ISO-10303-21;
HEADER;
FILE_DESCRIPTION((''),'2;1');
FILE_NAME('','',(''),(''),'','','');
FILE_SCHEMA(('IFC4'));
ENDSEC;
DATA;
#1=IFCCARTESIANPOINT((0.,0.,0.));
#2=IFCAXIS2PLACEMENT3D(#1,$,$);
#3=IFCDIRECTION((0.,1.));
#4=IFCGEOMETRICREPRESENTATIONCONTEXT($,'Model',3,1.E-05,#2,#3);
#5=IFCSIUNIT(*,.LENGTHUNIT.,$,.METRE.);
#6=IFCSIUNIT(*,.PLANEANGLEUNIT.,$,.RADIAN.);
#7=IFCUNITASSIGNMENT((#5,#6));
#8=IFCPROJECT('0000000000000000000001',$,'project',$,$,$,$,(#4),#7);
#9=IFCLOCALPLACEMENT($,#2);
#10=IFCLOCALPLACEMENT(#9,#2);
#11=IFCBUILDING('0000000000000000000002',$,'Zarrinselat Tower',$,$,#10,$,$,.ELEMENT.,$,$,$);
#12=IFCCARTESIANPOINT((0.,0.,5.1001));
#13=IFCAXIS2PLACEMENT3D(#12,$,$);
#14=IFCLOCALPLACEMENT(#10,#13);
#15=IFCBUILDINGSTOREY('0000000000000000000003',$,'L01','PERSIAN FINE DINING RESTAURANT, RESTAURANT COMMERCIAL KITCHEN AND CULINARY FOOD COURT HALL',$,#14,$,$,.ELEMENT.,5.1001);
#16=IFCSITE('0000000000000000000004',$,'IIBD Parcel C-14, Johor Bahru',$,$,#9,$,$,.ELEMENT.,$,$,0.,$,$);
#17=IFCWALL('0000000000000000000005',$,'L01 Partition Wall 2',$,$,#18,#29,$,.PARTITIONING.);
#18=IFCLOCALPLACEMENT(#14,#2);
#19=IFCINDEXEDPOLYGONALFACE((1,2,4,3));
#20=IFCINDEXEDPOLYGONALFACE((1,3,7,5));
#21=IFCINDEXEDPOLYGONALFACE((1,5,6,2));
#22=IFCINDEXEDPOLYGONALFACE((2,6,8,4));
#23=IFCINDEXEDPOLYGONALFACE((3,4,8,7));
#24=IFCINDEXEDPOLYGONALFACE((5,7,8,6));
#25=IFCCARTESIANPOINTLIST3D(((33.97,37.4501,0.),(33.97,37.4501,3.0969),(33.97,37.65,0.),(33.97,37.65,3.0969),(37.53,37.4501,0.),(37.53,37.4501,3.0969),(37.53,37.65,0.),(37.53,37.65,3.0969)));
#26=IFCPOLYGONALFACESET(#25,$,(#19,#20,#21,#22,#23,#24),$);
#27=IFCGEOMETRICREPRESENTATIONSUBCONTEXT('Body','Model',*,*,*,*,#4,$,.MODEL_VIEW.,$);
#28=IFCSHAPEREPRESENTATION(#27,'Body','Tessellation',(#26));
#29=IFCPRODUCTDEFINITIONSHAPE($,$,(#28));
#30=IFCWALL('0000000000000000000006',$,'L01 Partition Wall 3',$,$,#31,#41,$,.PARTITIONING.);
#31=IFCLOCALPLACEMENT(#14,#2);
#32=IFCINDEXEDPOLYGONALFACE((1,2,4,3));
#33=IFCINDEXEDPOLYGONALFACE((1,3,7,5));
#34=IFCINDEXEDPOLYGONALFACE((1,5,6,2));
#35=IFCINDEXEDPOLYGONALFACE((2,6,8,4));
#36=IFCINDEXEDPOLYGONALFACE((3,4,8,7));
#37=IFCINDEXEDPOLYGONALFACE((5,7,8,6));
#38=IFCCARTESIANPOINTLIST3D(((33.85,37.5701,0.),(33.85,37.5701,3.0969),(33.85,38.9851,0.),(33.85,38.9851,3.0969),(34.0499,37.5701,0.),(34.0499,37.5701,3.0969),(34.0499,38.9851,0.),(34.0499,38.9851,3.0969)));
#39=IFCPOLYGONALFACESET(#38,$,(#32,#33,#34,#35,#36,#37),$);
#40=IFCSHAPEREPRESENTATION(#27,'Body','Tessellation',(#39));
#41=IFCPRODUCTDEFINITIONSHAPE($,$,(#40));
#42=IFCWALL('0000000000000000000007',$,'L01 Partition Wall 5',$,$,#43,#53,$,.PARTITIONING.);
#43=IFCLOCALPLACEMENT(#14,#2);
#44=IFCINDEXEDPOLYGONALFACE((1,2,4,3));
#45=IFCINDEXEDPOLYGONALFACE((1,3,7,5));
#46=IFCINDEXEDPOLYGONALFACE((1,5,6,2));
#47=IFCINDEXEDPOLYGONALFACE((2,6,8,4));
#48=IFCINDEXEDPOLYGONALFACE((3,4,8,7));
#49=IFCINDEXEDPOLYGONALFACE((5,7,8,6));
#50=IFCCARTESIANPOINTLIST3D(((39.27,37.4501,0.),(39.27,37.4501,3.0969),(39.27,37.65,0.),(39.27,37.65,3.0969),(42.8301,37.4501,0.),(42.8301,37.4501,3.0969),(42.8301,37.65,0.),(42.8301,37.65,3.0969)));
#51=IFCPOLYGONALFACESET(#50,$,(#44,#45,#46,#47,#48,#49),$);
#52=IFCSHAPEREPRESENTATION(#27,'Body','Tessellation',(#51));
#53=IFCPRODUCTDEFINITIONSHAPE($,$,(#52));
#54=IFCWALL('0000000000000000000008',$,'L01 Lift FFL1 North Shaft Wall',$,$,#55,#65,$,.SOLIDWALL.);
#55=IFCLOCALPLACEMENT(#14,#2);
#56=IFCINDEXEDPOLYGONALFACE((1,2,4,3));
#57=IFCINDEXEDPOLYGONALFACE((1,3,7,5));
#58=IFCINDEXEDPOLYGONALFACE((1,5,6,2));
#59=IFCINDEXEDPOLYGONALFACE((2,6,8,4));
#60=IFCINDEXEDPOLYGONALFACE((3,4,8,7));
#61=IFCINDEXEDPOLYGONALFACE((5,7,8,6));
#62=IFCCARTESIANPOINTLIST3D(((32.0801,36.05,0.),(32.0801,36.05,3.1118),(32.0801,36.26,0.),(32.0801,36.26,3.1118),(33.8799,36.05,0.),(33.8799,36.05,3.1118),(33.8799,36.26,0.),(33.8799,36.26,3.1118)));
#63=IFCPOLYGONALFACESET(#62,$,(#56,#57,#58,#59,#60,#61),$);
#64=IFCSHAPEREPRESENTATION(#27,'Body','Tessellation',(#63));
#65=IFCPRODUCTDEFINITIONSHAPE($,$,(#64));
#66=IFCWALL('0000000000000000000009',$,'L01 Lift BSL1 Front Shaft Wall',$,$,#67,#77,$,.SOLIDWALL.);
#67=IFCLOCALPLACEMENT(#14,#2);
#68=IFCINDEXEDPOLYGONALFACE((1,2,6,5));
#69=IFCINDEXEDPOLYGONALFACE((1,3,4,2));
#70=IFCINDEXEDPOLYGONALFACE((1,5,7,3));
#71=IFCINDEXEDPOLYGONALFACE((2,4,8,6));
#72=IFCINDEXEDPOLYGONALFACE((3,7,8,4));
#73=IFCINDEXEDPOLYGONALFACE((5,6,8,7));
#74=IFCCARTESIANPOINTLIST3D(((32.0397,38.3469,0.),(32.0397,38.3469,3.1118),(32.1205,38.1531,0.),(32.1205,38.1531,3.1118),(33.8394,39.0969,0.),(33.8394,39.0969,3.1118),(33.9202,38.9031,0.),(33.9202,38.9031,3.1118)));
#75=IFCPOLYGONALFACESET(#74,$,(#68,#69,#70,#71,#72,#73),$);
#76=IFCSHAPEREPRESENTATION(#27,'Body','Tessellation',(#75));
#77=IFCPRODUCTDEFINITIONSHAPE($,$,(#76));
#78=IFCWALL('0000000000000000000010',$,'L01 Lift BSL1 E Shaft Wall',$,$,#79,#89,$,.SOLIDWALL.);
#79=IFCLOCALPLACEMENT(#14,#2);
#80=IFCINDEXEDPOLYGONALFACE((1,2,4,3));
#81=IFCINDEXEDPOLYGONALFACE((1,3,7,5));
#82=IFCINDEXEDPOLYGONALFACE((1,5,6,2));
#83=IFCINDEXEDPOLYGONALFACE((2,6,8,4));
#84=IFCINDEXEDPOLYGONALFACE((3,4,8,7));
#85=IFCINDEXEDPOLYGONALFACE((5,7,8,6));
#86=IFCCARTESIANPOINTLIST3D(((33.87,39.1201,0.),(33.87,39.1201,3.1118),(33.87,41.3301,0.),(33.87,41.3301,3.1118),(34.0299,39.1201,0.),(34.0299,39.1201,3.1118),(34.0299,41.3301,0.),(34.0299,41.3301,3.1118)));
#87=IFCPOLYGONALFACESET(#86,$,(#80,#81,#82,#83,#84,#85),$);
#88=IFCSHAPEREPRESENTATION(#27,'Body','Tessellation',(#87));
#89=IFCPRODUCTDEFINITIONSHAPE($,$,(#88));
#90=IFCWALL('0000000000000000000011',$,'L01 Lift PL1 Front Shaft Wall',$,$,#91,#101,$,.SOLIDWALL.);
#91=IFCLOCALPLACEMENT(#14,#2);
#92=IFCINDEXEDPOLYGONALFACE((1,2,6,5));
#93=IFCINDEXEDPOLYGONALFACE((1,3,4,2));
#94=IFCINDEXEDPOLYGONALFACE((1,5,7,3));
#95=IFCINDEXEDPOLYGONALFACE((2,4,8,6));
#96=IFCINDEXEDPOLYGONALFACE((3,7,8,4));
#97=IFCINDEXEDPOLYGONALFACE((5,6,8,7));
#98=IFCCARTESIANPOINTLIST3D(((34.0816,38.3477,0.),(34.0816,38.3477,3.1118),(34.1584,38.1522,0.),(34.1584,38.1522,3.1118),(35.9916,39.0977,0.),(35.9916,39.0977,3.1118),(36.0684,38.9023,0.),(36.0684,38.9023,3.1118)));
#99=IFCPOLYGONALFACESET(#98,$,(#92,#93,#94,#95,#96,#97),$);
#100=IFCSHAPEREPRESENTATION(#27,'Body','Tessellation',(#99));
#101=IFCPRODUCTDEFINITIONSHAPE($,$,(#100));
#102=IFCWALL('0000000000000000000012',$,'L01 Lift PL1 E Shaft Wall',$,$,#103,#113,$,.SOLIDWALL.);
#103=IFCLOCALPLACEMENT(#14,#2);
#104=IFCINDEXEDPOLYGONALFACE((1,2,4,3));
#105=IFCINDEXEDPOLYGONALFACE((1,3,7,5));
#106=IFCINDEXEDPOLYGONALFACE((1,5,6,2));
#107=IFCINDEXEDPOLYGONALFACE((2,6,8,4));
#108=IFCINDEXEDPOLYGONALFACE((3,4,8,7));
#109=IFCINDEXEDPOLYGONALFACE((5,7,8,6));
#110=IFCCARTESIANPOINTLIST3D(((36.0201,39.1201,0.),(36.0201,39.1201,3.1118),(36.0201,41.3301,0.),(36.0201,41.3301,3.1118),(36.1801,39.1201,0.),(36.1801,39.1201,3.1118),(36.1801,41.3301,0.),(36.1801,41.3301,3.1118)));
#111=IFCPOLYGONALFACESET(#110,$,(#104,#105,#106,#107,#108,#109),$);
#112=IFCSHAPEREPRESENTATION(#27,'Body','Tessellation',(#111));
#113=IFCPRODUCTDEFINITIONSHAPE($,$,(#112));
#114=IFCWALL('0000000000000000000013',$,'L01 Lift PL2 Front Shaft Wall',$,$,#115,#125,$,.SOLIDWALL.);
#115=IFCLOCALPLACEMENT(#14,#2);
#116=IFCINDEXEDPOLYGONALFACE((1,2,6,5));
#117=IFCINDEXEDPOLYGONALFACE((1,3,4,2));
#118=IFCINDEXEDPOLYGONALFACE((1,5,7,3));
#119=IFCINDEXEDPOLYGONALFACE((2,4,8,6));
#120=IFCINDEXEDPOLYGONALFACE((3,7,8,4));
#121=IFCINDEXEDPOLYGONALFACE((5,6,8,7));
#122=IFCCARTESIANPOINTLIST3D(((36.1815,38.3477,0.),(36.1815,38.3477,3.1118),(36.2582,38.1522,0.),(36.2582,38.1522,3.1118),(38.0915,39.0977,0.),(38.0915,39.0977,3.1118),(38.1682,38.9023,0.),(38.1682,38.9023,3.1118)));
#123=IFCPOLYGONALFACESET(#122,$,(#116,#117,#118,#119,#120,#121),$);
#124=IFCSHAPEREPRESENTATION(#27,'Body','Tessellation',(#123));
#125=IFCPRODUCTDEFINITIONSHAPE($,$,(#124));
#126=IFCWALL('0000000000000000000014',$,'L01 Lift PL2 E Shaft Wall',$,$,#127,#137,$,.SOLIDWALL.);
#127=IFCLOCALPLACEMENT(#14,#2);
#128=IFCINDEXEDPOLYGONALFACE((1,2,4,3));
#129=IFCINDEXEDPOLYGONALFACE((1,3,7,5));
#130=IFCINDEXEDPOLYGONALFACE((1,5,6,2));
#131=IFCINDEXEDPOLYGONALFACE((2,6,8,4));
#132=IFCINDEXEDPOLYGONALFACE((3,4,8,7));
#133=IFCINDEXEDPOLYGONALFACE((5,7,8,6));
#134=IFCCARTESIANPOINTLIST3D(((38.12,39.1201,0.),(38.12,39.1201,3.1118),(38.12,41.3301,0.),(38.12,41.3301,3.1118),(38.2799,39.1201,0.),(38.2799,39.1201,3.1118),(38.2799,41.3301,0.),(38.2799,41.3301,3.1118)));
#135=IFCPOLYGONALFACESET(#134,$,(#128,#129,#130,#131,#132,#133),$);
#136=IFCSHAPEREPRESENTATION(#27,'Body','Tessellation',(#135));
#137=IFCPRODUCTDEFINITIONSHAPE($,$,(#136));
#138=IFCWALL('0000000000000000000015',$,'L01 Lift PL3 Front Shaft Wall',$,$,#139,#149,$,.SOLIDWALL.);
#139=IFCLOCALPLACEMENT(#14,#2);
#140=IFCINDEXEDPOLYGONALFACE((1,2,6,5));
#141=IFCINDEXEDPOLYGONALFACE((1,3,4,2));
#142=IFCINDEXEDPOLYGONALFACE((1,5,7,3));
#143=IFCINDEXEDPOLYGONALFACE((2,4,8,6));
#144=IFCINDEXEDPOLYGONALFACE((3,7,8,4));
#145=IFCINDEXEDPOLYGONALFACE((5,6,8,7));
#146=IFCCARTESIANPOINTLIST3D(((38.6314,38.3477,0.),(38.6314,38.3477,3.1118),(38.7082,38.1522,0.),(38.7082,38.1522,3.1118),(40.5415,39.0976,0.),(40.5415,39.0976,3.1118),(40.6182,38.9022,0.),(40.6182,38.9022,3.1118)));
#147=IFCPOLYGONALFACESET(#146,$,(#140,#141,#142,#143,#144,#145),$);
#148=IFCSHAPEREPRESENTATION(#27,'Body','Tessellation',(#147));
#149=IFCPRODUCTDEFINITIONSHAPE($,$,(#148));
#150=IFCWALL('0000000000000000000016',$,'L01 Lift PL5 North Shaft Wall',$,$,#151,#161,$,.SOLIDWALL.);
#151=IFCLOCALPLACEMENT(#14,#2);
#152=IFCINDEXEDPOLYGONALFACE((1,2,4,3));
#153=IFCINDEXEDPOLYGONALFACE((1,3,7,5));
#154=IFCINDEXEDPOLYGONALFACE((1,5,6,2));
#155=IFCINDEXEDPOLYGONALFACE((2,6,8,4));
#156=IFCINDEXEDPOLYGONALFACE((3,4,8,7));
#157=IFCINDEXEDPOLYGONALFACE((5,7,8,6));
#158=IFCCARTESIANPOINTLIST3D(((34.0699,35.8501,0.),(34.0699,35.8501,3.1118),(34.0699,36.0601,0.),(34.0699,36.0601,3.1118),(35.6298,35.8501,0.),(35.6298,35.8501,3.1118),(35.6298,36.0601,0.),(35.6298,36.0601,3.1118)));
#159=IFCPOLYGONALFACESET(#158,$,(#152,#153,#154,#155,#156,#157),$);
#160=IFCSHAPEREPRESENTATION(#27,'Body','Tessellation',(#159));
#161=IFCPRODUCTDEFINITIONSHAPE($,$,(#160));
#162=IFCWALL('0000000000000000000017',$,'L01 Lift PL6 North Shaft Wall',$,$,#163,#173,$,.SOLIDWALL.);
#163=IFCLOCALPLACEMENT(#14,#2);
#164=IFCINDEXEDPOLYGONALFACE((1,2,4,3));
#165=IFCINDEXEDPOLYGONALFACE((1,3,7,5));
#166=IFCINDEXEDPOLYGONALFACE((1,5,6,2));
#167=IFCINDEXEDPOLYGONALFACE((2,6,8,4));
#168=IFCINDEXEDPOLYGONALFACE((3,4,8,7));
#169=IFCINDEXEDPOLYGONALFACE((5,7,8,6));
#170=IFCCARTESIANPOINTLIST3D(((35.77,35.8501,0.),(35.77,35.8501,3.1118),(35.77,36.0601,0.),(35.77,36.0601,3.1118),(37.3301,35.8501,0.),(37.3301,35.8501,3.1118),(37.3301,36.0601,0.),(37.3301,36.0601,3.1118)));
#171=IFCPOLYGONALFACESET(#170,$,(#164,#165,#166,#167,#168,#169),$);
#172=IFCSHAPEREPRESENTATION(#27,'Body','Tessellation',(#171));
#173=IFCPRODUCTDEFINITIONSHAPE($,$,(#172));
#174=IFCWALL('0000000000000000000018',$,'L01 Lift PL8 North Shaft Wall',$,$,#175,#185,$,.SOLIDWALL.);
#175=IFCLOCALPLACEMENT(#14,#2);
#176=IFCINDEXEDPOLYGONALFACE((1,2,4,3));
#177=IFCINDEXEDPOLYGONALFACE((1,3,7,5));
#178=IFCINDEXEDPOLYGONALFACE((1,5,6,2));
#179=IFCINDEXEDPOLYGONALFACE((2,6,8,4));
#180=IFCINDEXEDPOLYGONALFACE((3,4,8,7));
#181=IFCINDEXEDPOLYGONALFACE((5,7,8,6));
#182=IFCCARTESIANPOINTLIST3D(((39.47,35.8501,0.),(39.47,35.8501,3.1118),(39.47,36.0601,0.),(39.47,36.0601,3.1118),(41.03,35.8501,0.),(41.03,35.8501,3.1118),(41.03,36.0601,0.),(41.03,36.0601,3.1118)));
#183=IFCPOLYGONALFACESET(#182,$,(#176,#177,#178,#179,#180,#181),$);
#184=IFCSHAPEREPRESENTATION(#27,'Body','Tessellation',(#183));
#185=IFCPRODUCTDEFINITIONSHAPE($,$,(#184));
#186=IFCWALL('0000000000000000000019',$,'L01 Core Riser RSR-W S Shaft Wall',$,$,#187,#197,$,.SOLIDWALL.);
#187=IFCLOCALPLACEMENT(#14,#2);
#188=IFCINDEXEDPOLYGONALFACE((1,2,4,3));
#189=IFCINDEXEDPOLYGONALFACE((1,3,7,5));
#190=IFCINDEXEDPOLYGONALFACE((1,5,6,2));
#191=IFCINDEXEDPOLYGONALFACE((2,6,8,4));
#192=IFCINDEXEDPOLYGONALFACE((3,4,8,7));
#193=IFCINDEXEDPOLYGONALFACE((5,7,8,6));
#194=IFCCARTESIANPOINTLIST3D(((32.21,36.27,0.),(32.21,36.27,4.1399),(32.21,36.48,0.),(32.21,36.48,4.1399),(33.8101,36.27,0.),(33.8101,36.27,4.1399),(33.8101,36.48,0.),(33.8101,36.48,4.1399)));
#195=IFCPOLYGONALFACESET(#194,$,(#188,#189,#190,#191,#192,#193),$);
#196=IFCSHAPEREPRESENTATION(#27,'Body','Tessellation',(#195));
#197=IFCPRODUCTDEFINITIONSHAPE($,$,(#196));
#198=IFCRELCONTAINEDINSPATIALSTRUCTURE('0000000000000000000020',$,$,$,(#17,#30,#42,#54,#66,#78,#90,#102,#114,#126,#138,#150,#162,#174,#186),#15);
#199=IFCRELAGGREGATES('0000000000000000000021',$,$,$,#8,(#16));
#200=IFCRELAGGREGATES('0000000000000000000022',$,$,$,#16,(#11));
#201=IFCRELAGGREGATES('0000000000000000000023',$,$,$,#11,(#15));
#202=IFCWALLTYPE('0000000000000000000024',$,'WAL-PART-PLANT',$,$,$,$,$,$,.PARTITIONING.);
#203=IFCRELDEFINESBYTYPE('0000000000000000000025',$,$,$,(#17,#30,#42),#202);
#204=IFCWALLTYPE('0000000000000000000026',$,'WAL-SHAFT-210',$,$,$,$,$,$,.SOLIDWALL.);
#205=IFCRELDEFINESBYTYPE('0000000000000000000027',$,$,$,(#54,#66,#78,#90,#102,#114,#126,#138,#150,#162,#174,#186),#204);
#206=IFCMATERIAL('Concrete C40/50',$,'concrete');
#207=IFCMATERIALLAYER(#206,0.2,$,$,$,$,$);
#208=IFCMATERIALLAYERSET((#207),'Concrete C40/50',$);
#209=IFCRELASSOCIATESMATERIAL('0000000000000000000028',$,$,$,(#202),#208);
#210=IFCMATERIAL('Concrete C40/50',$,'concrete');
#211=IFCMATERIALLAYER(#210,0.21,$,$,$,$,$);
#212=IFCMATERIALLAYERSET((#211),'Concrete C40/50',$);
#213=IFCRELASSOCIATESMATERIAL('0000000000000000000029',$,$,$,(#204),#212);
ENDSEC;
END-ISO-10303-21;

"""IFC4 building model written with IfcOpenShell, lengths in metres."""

from ifc_helpers import new_model, si_unit, direction, frame, frame_2d, origin, place, context, subcontext, project, spatial, rectangle, extrude, material, layer, layer_set, type_object, element, save


model = new_model("IFC4")

# Units and contexts
model_context = context("Model", 3, precision=1e-05, world=origin(), true_north=direction((0.0, 1.0)))
body_context = subcontext(model_context, "Body", "Model", "MODEL_VIEW")
ifc_project = project(units=[si_unit("LENGTHUNIT", "METRE"), si_unit("PLANEANGLEUNIT", "RADIAN")], contexts=[model_context])

# Site, building, storey
site_placement = place(None, origin())
site = spatial("IfcSite", under=ifc_project, at=site_placement, Name="IIBD Parcel C-14, Johor Bahru", CompositionType="ELEMENT", RefElevation=0.0)
building_placement = place(site_placement, origin())
building = spatial("IfcBuilding", under=site, at=building_placement, Name="Zarrinselat Tower", CompositionType="ELEMENT")
storey_placement = place(building_placement, frame((0.0, 0.0, 5.1001)))
storey = spatial("IfcBuildingStorey", under=building, at=storey_placement, Name="L01", Description="PERSIAN FINE DINING RESTAURANT, RESTAURANT COMMERCIAL KITCHEN AND CULINARY FOOD COURT HALL", CompositionType="ELEMENT", Elevation=5.1001)

# Walls
ifc_material_1 = material(Name="Concrete C40/50", Category="concrete")
ifc_layer_1 = layer(ifc_material_1, 0.2)
ifc_layer_set_1 = layer_set([ifc_layer_1], Name="Concrete C40/50")
wall_type_1 = type_object("IfcWallType", Name="WAL-PART-PLANT", PredefinedType="PARTITIONING", material=ifc_layer_set_1)
wall_1_placement = place(storey_placement, frame((33.97, 37.55, 0.0), z_axis=(0.0, 0.0, 1.0), x_axis=(1.0, 0.0, 0.0)))
element("IfcWall", 1, at=wall_1_placement, inside=storey, type_object=wall_type_1, Name="L01 Partition Wall 2", PredefinedType="PARTITIONING", context=body_context, shape_type="SweptSolid", body=[
    extrude(rectangle(XDim=3.5601, YDim=0.2, at=frame_2d((1.78, 0.0))), origin(), (0.0, 0.0, 1.0), 3.0969),
])
wall_2_placement = place(storey_placement, frame((33.95, 37.5701, 0.0), z_axis=(0.0, 0.0, 1.0), x_axis=(0.0, 1.0, 0.0)))
element("IfcWall", 2, at=wall_2_placement, inside=storey, type_object=wall_type_1, Name="L01 Partition Wall 3", PredefinedType="PARTITIONING", context=body_context, shape_type="SweptSolid", body=[
    extrude(rectangle(XDim=1.415, YDim=0.2, at=frame_2d((0.7075, 0.0))), origin(), (0.0, 0.0, 1.0), 3.0969),
])
wall_3_placement = place(storey_placement, frame((39.27, 37.55, 0.0), z_axis=(0.0, 0.0, 1.0), x_axis=(1.0, 0.0, 0.0)))
element("IfcWall", 3, at=wall_3_placement, inside=storey, type_object=wall_type_1, Name="L01 Partition Wall 5", PredefinedType="PARTITIONING", context=body_context, shape_type="SweptSolid", body=[
    extrude(rectangle(XDim=3.5601, YDim=0.2, at=frame_2d((1.78, 0.0))), origin(), (0.0, 0.0, 1.0), 3.0969),
])
ifc_material_2 = material(Name="Concrete C40/50", Category="concrete")
ifc_layer_2 = layer(ifc_material_2, 0.21)
ifc_layer_set_2 = layer_set([ifc_layer_2], Name="Concrete C40/50")
wall_type_2 = type_object("IfcWallType", Name="WAL-SHAFT-210", PredefinedType="SOLIDWALL", material=ifc_layer_set_2)
wall_4_placement = place(storey_placement, frame((32.0801, 36.155, 0.0), z_axis=(0.0, 0.0, 1.0), x_axis=(1.0, 0.0, 0.0)))
element("IfcWall", 4, at=wall_4_placement, inside=storey, type_object=wall_type_2, Name="L01 Lift FFL1 North Shaft Wall", PredefinedType="SOLIDWALL", context=body_context, shape_type="SweptSolid", body=[
    extrude(rectangle(XDim=1.7998, YDim=0.21, at=frame_2d((0.8999, 0.0))), origin(), (0.0, 0.0, 1.0), 3.1118),
])
wall_5_placement = place(storey_placement, frame((32.0801, 38.25, 0.0), z_axis=(0.0, 0.0, 1.0), x_axis=(0.923062, 0.384651, 0.0)))
element("IfcWall", 5, at=wall_5_placement, inside=storey, type_object=wall_type_2, Name="L01 Lift BSL1 Front Shaft Wall", PredefinedType="SOLIDWALL", context=body_context, shape_type="SweptSolid", body=[
    extrude(rectangle(XDim=1.9497, YDim=0.21, at=frame_2d((0.9749, 0.0))), origin(), (0.0, 0.0, 1.0), 3.1118),
])
wall_6_placement = place(storey_placement, frame((33.95, 39.1201, 0.0), z_axis=(0.0, 0.0, 1.0), x_axis=(0.0, 1.0, 0.0)))
element("IfcWall", 6, at=wall_6_placement, inside=storey, type_object=wall_type_2, Name="L01 Lift BSL1 E Shaft Wall", PredefinedType="SOLIDWALL", context=body_context, shape_type="SweptSolid", body=[
    extrude(rectangle(XDim=2.21, YDim=0.1599, at=frame_2d((1.105, 0.0))), origin(), (0.0, 0.0, 1.0), 3.1118),
])
wall_7_placement = place(storey_placement, frame((34.1201, 38.25, 0.0), z_axis=(0.0, 0.0, 1.0), x_axis=(0.930805, 0.365516, 0.0)))
element("IfcWall", 7, at=wall_7_placement, inside=storey, type_object=wall_type_2, Name="L01 Lift PL1 Front Shaft Wall", PredefinedType="SOLIDWALL", context=body_context, shape_type="SweptSolid", body=[
    extrude(rectangle(XDim=2.052, YDim=0.21, at=frame_2d((1.0259, 0.0))), origin(), (0.0, 0.0, 1.0), 3.1118),
])
wall_8_placement = place(storey_placement, frame((36.1001, 39.1201, 0.0), z_axis=(0.0, 0.0, 1.0), x_axis=(0.0, 1.0, 0.0)))
element("IfcWall", 8, at=wall_8_placement, inside=storey, type_object=wall_type_2, Name="L01 Lift PL1 E Shaft Wall", PredefinedType="SOLIDWALL", context=body_context, shape_type="SweptSolid", body=[
    extrude(rectangle(XDim=2.21, YDim=0.1599, at=frame_2d((1.105, 0.0))), origin(), (0.0, 0.0, 1.0), 3.1118),
])
wall_9_placement = place(storey_placement, frame((36.22, 38.25, 0.0), z_axis=(0.0, 0.0, 1.0), x_axis=(0.930805, 0.365516, 0.0)))
element("IfcWall", 9, at=wall_9_placement, inside=storey, type_object=wall_type_2, Name="L01 Lift PL2 Front Shaft Wall", PredefinedType="SOLIDWALL", context=body_context, shape_type="SweptSolid", body=[
    extrude(rectangle(XDim=2.052, YDim=0.21, at=frame_2d((1.0259, 0.0))), origin(), (0.0, 0.0, 1.0), 3.1118),
])
wall_10_placement = place(storey_placement, frame((38.2, 39.1201, 0.0), z_axis=(0.0, 0.0, 1.0), x_axis=(0.0, 1.0, 0.0)))
element("IfcWall", 10, at=wall_10_placement, inside=storey, type_object=wall_type_2, Name="L01 Lift PL2 E Shaft Wall", PredefinedType="SOLIDWALL", context=body_context, shape_type="SweptSolid", body=[
    extrude(rectangle(XDim=2.21, YDim=0.1599, at=frame_2d((1.105, 0.0))), origin(), (0.0, 0.0, 1.0), 3.1118),
])
wall_11_placement = place(storey_placement, frame((38.6699, 38.25, 0.0), z_axis=(0.0, 0.0, 1.0), x_axis=(0.930821, 0.365476, 0.0)))
element("IfcWall", 11, at=wall_11_placement, inside=storey, type_object=wall_type_2, Name="L01 Lift PL3 Front Shaft Wall", PredefinedType="SOLIDWALL", context=body_context, shape_type="SweptSolid", body=[
    extrude(rectangle(XDim=2.052, YDim=0.21, at=frame_2d((1.0259, 0.0))), origin(), (0.0, 0.0, 1.0), 3.1118),
])
wall_12_placement = place(storey_placement, frame((34.0701, 35.9551, 0.0), z_axis=(0.0, 0.0, 1.0), x_axis=(1.0, 0.0, 0.0)))
element("IfcWall", 12, at=wall_12_placement, inside=storey, type_object=wall_type_2, Name="L01 Lift PL5 North Shaft Wall", PredefinedType="SOLIDWALL", context=body_context, shape_type="SweptSolid", body=[
    extrude(rectangle(XDim=1.5598, YDim=0.21, at=frame_2d((0.7798, 0.0))), origin(), (0.0, 0.0, 1.0), 3.1118),
])
for number, where, z_axis, x_axis, name in (
    (13, (35.77, 35.9551, 0.0), (0.0, 0.0, 1.0), (1.0, 0.0, 0.0), "L01 Lift PL6 North Shaft Wall"),
    (14, (39.47, 35.9551, 0.0), (0.0, 0.0, 1.0), (1.0, 0.0, 0.0), "L01 Lift PL8 North Shaft Wall"),
):
    element("IfcWall", number, at=place(storey_placement, frame(where, z_axis=z_axis, x_axis=x_axis)), inside=storey, type_object=wall_type_2, Name=name, PredefinedType="SOLIDWALL", context=body_context, shape_type="SweptSolid", body=[
        extrude(rectangle(XDim=1.5601, YDim=0.21, at=frame_2d((0.78, 0.0))), origin(), (0.0, 0.0, 1.0), 3.1118),
    ])
for number, where, z_axis, x_axis, name in (
    (15, (32.21, 36.375, 0.0), (0.0, 0.0, 1.0), (1.0, 0.0, 0.0), "L01 Core Riser RSR-W S Shaft Wall"),
):
    element("IfcWall", number, at=place(storey_placement, frame(where, z_axis=z_axis, x_axis=x_axis)), inside=storey, type_object=wall_type_2, Name=name, PredefinedType="SOLIDWALL", context=body_context, shape_type="SweptSolid", body=[
        extrude(rectangle(XDim=1.6001, YDim=0.21, at=frame_2d((0.8, 0.0))), origin(), (0.0, 0.0, 1.0), 4.1399),
    ])

save(model, "model.ifc")
